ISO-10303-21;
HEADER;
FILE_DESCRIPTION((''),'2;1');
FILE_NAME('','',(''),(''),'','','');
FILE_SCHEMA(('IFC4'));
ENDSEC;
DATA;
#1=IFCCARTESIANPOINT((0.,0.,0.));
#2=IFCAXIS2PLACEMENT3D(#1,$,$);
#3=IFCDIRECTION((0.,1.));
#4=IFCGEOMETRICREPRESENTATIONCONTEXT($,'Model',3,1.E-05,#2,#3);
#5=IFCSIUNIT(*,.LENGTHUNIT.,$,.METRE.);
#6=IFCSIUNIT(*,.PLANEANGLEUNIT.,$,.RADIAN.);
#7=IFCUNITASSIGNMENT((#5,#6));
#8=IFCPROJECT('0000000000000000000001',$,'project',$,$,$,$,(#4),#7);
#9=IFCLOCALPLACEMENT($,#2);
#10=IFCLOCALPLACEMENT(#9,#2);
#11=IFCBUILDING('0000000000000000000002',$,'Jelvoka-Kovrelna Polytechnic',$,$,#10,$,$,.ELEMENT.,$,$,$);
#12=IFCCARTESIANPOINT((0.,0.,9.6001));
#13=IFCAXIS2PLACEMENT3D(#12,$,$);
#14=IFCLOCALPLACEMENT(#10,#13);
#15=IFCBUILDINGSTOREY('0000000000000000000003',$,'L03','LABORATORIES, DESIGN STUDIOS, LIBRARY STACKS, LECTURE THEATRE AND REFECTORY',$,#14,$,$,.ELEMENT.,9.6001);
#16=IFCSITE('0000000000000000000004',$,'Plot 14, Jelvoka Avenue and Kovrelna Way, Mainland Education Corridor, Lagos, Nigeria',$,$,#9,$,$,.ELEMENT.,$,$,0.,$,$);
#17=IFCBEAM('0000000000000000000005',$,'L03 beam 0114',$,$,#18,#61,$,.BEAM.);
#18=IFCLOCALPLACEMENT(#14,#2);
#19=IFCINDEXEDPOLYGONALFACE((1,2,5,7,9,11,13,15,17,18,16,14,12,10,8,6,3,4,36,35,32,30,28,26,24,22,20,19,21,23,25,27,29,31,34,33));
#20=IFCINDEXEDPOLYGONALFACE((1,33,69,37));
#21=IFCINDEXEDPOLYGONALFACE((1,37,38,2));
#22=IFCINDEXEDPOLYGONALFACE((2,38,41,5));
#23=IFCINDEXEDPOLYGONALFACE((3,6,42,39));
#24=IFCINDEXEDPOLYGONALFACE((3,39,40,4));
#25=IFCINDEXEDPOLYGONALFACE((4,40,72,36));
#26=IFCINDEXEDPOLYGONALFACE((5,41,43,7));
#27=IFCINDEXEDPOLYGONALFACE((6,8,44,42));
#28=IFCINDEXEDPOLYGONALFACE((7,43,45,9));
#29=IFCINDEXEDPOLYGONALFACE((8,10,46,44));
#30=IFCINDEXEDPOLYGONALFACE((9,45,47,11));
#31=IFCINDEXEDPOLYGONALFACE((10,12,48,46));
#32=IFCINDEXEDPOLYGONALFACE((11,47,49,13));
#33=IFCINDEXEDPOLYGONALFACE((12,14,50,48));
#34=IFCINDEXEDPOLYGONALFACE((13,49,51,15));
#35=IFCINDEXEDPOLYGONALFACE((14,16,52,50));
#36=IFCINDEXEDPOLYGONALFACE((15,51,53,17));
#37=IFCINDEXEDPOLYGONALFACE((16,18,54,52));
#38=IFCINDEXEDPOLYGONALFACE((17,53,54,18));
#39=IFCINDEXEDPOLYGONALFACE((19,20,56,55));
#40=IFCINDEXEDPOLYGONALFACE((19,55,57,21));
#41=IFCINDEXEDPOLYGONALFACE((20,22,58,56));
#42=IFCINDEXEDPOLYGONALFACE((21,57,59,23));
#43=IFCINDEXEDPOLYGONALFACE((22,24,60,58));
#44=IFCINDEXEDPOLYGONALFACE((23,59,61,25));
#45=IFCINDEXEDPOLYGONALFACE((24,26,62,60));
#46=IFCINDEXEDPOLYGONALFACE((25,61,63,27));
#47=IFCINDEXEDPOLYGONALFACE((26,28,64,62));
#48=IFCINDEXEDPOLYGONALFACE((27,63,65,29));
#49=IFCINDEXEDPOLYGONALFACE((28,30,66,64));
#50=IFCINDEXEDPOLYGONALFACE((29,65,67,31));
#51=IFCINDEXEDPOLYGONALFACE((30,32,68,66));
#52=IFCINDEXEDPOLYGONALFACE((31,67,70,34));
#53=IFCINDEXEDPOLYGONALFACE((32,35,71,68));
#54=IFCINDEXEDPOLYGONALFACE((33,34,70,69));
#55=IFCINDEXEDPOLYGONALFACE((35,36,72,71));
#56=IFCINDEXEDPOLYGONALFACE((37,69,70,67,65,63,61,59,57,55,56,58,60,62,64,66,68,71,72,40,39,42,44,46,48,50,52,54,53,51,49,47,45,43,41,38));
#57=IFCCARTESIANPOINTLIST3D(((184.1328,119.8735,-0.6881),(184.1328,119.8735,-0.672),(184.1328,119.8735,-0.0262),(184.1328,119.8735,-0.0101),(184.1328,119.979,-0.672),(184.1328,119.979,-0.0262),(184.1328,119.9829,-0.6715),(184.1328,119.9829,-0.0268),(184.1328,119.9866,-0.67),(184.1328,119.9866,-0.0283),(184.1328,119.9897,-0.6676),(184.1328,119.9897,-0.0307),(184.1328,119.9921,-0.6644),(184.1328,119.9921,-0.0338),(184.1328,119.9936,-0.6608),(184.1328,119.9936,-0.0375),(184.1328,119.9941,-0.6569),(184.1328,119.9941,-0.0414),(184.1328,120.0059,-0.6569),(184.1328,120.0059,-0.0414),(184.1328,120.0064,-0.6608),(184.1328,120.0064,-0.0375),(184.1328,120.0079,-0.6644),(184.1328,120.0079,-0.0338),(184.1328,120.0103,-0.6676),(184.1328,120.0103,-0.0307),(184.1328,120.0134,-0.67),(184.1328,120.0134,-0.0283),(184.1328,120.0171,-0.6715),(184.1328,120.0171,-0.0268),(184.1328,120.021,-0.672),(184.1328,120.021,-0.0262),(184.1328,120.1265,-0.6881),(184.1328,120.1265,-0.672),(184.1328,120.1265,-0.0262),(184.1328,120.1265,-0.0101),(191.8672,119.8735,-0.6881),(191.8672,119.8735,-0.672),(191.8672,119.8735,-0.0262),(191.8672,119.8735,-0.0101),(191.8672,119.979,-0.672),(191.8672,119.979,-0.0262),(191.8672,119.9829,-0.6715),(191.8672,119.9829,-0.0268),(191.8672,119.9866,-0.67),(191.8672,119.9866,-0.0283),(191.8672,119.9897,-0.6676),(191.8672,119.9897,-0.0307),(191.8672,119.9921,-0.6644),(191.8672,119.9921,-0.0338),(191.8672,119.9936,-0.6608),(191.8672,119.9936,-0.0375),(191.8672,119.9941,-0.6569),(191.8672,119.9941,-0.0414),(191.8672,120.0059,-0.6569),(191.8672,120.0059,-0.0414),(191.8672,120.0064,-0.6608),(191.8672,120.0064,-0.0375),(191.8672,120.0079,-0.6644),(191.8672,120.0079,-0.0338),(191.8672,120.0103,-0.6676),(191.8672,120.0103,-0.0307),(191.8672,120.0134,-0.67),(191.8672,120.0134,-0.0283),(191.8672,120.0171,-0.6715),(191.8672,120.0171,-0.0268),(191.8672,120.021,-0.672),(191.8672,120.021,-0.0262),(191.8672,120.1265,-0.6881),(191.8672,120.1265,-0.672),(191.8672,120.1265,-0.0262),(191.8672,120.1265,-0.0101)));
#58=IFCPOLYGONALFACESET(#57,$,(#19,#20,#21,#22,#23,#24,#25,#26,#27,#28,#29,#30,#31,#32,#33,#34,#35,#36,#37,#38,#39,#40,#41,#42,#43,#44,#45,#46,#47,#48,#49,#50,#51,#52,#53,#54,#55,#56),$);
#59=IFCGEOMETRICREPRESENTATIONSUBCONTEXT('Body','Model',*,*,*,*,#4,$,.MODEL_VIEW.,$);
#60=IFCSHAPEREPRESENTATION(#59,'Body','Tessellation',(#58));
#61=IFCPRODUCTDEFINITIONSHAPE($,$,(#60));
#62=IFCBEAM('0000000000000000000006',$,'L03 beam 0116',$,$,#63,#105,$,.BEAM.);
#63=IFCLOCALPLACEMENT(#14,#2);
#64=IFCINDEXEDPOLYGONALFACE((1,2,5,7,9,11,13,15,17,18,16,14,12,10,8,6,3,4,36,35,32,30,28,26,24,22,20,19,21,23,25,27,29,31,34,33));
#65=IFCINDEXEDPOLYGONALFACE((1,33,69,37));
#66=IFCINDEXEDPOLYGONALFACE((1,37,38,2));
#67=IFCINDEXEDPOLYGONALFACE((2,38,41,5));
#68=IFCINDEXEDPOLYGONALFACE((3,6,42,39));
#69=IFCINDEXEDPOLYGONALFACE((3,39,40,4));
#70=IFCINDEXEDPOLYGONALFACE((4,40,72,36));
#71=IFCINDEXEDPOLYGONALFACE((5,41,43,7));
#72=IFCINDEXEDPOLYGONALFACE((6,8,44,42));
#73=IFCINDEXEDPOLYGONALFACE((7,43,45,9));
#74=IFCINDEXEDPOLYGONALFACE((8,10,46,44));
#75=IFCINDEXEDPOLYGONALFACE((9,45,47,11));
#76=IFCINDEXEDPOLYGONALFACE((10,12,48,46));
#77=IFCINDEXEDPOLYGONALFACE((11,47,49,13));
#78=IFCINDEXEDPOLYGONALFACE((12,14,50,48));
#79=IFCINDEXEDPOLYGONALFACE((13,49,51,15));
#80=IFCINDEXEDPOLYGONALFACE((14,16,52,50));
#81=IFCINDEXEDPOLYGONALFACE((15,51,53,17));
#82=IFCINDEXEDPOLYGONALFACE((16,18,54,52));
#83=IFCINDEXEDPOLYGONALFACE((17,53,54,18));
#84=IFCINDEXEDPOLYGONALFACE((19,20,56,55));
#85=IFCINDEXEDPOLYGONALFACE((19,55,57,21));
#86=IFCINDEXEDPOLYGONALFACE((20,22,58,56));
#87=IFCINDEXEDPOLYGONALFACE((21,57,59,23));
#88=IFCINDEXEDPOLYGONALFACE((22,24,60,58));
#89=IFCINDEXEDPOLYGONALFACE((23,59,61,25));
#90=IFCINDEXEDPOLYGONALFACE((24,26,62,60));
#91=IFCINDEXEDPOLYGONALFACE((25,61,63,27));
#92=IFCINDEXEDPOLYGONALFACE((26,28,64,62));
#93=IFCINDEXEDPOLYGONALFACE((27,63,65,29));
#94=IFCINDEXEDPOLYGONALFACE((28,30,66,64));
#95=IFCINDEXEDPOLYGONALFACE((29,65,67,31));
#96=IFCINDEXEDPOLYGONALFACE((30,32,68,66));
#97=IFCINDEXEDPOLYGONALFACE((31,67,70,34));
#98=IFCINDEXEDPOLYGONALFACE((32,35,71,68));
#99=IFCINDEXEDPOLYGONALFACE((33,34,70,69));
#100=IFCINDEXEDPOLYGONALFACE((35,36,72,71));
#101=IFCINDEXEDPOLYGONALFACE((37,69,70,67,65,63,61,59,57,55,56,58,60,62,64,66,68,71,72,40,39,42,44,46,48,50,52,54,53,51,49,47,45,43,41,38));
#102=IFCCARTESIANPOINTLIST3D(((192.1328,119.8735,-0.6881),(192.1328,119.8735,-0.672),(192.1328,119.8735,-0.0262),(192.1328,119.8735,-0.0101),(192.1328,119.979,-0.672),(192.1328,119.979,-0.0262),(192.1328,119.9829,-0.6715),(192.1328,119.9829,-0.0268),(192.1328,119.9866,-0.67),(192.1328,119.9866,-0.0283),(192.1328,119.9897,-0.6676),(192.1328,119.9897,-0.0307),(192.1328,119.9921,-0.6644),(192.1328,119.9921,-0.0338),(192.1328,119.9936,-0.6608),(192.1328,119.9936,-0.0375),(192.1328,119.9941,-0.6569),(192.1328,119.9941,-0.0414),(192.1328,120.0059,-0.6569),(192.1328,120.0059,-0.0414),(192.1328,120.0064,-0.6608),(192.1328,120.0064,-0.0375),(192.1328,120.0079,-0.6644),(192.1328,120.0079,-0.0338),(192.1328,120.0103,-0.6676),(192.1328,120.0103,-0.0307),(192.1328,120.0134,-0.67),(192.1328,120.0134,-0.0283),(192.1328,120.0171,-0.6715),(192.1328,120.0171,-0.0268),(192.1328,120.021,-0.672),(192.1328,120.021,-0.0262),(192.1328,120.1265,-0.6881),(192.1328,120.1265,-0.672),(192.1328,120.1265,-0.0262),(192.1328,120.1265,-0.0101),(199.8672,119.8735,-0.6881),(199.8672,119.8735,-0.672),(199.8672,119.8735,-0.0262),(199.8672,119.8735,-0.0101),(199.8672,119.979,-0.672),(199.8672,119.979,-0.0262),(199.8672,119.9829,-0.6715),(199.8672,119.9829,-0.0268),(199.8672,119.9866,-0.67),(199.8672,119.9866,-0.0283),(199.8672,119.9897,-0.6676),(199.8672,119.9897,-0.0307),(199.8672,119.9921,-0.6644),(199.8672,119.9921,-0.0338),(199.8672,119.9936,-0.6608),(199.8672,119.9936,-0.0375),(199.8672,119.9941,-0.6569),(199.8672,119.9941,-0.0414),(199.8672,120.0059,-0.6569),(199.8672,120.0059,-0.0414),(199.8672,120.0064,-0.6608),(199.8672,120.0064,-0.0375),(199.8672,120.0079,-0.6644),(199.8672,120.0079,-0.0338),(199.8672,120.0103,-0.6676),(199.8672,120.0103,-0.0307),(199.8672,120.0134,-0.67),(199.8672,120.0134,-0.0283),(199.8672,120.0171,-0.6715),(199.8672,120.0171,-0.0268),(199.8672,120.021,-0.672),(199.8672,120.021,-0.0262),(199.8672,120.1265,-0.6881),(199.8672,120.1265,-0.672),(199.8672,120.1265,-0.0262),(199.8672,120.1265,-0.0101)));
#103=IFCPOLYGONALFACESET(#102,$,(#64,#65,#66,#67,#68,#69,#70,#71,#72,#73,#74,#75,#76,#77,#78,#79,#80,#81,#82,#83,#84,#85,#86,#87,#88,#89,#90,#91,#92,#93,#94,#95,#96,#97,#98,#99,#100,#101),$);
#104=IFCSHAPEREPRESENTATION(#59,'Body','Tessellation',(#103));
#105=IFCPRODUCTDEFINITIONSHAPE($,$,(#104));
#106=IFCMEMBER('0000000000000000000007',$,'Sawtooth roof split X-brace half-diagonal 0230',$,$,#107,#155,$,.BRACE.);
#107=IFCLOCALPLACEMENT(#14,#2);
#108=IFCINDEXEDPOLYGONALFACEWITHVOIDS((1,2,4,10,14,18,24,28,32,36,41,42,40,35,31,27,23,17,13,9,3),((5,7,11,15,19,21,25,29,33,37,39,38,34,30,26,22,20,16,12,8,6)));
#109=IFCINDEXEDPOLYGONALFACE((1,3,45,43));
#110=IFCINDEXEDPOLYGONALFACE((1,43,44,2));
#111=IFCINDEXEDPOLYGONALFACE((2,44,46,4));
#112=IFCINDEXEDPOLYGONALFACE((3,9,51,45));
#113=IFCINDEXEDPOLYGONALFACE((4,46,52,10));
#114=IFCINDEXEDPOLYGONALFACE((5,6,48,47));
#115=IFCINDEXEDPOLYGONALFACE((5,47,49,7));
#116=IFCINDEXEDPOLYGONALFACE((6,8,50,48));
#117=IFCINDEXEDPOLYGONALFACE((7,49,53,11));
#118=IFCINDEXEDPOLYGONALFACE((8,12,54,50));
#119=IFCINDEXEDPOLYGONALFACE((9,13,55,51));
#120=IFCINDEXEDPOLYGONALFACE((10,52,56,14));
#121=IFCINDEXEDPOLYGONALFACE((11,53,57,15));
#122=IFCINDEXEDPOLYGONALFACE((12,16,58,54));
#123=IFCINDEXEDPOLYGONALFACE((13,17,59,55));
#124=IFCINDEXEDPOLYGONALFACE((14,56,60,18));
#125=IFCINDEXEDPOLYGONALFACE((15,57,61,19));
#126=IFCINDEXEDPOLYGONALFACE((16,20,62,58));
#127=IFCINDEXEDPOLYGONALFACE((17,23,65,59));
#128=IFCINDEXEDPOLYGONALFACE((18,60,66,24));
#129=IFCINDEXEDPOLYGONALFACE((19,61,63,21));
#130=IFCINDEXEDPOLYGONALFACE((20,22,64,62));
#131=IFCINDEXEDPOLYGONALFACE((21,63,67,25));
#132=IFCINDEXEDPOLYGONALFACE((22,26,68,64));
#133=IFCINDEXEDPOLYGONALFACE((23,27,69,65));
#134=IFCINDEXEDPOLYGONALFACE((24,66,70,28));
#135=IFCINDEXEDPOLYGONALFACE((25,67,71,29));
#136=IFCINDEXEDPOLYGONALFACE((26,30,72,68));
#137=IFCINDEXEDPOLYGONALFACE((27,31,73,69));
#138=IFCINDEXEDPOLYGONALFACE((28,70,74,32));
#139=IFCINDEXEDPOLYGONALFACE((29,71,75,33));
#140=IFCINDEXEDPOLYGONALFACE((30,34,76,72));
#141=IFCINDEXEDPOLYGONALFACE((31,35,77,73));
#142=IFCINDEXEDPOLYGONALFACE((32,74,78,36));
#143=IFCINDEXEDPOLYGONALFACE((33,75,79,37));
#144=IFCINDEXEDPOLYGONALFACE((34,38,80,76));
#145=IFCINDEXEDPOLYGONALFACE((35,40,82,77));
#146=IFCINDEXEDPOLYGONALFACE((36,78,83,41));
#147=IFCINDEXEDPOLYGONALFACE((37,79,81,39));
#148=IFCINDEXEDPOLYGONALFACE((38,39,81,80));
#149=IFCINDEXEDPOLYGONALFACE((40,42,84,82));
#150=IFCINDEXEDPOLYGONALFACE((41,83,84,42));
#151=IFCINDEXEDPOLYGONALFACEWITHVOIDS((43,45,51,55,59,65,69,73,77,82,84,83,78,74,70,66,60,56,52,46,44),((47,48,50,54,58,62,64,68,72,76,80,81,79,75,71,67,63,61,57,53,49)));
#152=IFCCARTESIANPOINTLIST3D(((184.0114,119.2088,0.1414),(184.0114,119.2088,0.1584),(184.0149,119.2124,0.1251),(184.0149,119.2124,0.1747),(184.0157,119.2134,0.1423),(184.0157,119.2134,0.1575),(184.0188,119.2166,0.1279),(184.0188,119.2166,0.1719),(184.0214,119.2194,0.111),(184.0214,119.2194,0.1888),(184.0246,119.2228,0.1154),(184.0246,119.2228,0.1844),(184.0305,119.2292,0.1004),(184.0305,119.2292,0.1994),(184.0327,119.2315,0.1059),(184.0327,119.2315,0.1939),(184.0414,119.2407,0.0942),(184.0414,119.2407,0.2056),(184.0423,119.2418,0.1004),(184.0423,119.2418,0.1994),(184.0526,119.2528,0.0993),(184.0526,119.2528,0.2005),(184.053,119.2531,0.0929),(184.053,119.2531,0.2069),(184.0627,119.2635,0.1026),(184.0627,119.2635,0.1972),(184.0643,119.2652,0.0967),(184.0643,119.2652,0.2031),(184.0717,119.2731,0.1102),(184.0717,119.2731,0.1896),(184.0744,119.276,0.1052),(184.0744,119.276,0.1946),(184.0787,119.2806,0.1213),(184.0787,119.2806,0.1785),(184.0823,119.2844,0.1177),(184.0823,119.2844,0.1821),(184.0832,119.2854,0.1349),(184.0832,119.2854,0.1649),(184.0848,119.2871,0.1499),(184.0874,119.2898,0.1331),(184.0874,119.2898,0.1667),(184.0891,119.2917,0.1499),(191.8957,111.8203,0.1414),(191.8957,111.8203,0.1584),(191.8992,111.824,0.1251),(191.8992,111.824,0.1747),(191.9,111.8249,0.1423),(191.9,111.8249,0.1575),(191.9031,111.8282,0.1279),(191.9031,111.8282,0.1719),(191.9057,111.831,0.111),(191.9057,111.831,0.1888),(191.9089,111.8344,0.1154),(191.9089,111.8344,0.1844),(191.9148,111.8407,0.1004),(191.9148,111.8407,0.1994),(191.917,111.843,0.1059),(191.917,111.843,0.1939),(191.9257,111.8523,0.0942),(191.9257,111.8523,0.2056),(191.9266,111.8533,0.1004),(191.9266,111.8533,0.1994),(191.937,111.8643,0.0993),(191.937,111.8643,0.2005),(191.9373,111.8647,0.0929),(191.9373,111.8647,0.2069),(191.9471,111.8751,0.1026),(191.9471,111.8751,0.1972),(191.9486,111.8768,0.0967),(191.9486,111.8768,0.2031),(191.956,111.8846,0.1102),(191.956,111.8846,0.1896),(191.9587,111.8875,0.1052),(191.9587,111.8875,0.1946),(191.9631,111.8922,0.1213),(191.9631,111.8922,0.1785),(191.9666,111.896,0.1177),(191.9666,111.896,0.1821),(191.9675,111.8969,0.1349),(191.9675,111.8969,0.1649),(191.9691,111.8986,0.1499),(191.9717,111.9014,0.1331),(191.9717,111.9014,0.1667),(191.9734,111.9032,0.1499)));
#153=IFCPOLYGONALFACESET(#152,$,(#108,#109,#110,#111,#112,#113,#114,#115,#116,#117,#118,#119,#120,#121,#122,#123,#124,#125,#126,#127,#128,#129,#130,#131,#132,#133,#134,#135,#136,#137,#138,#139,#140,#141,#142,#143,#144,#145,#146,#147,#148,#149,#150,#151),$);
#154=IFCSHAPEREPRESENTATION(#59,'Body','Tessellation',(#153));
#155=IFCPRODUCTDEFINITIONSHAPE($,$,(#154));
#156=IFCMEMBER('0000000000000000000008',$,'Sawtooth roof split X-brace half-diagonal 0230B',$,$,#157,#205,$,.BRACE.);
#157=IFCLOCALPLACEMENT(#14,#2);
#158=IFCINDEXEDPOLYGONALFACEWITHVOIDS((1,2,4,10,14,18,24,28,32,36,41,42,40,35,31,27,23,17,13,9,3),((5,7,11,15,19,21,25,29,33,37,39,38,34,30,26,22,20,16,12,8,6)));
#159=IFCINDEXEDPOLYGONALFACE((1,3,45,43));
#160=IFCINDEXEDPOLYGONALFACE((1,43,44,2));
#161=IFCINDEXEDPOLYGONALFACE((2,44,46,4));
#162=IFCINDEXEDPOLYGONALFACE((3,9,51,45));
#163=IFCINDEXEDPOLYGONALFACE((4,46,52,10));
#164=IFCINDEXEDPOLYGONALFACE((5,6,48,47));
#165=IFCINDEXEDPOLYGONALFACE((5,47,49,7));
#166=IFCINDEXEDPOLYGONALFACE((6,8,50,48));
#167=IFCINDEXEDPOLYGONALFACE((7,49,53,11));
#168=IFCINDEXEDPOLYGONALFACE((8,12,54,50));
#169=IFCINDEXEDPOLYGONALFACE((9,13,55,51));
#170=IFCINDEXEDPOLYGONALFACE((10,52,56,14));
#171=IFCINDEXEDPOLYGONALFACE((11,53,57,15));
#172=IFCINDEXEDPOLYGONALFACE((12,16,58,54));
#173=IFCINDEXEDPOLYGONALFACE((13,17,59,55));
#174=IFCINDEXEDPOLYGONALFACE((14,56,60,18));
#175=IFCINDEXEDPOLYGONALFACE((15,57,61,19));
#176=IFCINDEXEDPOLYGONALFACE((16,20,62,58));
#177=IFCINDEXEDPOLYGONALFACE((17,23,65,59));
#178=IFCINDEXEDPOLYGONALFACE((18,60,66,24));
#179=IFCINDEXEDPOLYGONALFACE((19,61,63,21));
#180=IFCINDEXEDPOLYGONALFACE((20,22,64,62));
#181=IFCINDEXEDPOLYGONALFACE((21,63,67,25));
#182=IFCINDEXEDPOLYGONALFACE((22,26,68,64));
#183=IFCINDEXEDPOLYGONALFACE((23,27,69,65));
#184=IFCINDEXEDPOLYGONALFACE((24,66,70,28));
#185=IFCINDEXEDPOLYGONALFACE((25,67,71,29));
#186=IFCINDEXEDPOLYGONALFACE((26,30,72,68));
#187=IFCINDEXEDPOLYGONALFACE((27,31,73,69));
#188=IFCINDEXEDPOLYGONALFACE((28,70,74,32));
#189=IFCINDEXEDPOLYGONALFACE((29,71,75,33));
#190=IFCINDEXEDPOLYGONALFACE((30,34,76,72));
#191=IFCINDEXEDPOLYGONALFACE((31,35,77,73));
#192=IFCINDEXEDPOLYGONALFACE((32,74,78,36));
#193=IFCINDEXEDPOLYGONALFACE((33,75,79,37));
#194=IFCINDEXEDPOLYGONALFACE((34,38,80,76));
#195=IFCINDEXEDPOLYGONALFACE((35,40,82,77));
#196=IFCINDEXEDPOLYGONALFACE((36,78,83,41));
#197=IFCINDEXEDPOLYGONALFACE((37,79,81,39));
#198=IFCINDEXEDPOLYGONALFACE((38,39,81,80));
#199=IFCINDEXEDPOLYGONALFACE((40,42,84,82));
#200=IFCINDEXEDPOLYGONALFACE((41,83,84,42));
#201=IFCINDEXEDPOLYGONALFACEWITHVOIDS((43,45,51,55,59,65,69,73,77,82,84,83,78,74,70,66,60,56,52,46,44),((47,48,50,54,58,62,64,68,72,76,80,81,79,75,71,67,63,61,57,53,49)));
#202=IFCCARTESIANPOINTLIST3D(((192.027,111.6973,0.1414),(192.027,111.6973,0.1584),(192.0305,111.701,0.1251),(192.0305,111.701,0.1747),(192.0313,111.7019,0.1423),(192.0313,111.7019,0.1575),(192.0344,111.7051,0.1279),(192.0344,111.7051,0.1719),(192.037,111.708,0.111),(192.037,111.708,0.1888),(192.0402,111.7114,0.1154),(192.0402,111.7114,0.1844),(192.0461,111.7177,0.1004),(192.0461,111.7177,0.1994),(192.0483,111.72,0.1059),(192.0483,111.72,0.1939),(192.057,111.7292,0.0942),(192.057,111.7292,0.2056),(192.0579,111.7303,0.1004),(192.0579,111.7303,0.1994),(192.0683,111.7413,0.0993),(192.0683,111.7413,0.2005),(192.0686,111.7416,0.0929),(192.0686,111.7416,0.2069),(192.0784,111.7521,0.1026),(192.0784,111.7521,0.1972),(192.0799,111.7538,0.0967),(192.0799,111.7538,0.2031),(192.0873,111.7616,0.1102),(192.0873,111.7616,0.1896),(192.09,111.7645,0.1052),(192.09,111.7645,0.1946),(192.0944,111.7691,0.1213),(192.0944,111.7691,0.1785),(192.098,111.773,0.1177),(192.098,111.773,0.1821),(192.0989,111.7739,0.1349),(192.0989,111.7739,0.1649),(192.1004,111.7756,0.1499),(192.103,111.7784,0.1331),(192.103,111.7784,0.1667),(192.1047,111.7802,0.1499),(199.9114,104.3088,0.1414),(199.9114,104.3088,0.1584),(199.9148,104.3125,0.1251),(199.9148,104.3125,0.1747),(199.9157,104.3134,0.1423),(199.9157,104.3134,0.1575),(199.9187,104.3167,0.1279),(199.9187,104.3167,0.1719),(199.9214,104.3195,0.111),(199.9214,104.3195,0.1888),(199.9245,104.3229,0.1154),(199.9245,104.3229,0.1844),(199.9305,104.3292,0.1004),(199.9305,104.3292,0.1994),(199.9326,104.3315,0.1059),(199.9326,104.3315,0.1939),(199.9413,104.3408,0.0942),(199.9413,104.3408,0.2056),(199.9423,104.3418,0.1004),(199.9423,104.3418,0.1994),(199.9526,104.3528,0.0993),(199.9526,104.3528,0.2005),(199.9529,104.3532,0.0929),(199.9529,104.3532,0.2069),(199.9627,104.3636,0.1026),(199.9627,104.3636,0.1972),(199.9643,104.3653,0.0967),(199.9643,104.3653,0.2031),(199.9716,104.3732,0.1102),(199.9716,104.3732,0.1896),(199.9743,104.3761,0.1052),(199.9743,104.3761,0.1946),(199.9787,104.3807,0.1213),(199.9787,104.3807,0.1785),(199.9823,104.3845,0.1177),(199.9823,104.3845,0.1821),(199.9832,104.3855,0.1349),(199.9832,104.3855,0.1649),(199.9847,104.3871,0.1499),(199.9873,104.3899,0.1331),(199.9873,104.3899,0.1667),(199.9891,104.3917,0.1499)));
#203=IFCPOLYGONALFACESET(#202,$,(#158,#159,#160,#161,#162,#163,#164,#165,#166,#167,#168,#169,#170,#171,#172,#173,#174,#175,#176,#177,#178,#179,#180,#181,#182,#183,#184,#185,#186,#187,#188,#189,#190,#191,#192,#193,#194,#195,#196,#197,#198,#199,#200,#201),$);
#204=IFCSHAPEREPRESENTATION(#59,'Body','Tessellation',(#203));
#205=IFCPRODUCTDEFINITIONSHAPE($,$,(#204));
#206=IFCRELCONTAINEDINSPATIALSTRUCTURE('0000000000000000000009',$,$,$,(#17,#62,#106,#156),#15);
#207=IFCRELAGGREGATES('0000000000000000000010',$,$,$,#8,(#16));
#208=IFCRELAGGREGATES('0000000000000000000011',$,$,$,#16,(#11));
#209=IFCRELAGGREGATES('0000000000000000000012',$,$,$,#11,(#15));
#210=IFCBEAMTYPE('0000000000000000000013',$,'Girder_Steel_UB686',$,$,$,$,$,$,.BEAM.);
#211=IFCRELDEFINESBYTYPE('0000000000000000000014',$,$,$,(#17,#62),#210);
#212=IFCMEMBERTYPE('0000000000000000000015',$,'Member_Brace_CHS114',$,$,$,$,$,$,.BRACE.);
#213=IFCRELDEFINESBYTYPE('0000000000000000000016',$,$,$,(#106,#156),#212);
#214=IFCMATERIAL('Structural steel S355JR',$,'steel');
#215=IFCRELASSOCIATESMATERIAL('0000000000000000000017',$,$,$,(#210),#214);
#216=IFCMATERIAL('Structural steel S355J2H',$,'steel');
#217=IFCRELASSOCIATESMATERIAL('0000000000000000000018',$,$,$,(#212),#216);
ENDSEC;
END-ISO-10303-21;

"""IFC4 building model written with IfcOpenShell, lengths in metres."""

from ifc_helpers import new_model, si_unit, direction, frame, origin, origin_2d, place, context, subcontext, project, spatial, hollow_circle, i_section, extrude, material, material_profile, profile_set, type_object, element, save


model = new_model("IFC4")

# Units and contexts
model_context = context("Model", 3, precision=1e-05, world=origin(), true_north=direction((0.0, 1.0)))
body_context = subcontext(model_context, "Body", "Model", "MODEL_VIEW")
ifc_project = project(units=[si_unit("LENGTHUNIT", "METRE"), si_unit("PLANEANGLEUNIT", "RADIAN")], contexts=[model_context])

# Site, building, storey
site_placement = place(None, origin())
site = spatial("IfcSite", under=ifc_project, at=site_placement, Name="Plot 14, Jelvoka Avenue and Kovrelna Way, Mainland Education Corridor, Lagos, Nigeria", CompositionType="ELEMENT", RefElevation=0.0)
building_placement = place(site_placement, origin())
building = spatial("IfcBuilding", under=site, at=building_placement, Name="Jelvoka-Kovrelna Polytechnic", CompositionType="ELEMENT")
storey_placement = place(building_placement, frame((0.0, 0.0, 9.6001)))
storey = spatial("IfcBuildingStorey", under=building, at=storey_placement, Name="L03", Description="LABORATORIES, DESIGN STUDIOS, LIBRARY STACKS, LECTURE THEATRE AND REFECTORY", CompositionType="ELEMENT", Elevation=9.6001)

# Beams
ifc_material_1 = material(Name="Structural steel S355JR", Category="steel")
ifc_material_profile_1 = material_profile(ifc_material_1, i_section(OverallWidth=0.2529, OverallDepth=0.678, WebThickness=0.0117, FlangeThickness=0.0161, FilletRadius=0.0151, at=origin_2d()), Name="686x254x125 UB")
ifc_profile_set_1 = profile_set([ifc_material_profile_1], Name="Structural steel S355JR")
beam_type_1 = type_object("IfcBeamType", Name="Girder_Steel_UB686", PredefinedType="BEAM", material=ifc_profile_set_1)
for number, where, z_axis, x_axis, name in (
    (1, (184.1328, 120.0, -0.3491), (1.0, 0.0, 0.0), (0.0, 1.0, 0.0), "L03 beam 0114"),
    (2, (192.1328, 120.0, -0.3491), (1.0, 0.0, 0.0), (0.0, 1.0, 0.0), "L03 beam 0116"),
):
    element("IfcBeam", number, at=place(storey_placement, frame(where, z_axis=z_axis, x_axis=x_axis)), inside=storey, type_object=beam_type_1, Name=name, PredefinedType="BEAM", context=body_context, shape_type="SweptSolid", body=[
        extrude(i_section(OverallWidth=0.2529, OverallDepth=0.678, WebThickness=0.0117, FlangeThickness=0.0161, FilletRadius=0.0151, at=origin_2d()), origin(), (0.0, 0.0, 1.0), 7.7344),
    ])

# Members
ifc_material_2 = material(Name="Structural steel S355J2H", Category="steel")
ifc_material_profile_2 = material_profile(ifc_material_2, hollow_circle(Radius=0.0571, WallThickness=0.0063, at=origin_2d()), Name="114.3x6.3 CHS")
ifc_profile_set_2 = profile_set([ifc_material_profile_2], Name="Structural steel S355J2H")
member_type_1 = type_object("IfcMemberType", Name="Member_Brace_CHS114", PredefinedType="BRACE", material=ifc_profile_set_2)
for number, where, z_axis, x_axis, name in (
    (3, (184.05, 119.25, 0.1499), (0.72968, -0.683789, 0.0), (0.683789, 0.72968, 0.0), "Sawtooth roof split X-brace half-diagonal 0230"),
    (4, (192.0657, 111.7385, 0.1499), (0.72968, -0.683789, 0.0), (0.683789, 0.72968, 0.0), "Sawtooth roof split X-brace half-diagonal 0230B"),
):
    element("IfcMember", number, at=place(storey_placement, frame(where, z_axis=z_axis, x_axis=x_axis)), inside=storey, type_object=member_type_1, Name=name, PredefinedType="BRACE", context=body_context, shape_type="SweptSolid", body=[
        extrude(hollow_circle(Radius=0.0571, WallThickness=0.0063, at=origin_2d()), origin(), (0.0, 0.0, 1.0), 10.8052),
    ])

save(model, "model.ifc")
